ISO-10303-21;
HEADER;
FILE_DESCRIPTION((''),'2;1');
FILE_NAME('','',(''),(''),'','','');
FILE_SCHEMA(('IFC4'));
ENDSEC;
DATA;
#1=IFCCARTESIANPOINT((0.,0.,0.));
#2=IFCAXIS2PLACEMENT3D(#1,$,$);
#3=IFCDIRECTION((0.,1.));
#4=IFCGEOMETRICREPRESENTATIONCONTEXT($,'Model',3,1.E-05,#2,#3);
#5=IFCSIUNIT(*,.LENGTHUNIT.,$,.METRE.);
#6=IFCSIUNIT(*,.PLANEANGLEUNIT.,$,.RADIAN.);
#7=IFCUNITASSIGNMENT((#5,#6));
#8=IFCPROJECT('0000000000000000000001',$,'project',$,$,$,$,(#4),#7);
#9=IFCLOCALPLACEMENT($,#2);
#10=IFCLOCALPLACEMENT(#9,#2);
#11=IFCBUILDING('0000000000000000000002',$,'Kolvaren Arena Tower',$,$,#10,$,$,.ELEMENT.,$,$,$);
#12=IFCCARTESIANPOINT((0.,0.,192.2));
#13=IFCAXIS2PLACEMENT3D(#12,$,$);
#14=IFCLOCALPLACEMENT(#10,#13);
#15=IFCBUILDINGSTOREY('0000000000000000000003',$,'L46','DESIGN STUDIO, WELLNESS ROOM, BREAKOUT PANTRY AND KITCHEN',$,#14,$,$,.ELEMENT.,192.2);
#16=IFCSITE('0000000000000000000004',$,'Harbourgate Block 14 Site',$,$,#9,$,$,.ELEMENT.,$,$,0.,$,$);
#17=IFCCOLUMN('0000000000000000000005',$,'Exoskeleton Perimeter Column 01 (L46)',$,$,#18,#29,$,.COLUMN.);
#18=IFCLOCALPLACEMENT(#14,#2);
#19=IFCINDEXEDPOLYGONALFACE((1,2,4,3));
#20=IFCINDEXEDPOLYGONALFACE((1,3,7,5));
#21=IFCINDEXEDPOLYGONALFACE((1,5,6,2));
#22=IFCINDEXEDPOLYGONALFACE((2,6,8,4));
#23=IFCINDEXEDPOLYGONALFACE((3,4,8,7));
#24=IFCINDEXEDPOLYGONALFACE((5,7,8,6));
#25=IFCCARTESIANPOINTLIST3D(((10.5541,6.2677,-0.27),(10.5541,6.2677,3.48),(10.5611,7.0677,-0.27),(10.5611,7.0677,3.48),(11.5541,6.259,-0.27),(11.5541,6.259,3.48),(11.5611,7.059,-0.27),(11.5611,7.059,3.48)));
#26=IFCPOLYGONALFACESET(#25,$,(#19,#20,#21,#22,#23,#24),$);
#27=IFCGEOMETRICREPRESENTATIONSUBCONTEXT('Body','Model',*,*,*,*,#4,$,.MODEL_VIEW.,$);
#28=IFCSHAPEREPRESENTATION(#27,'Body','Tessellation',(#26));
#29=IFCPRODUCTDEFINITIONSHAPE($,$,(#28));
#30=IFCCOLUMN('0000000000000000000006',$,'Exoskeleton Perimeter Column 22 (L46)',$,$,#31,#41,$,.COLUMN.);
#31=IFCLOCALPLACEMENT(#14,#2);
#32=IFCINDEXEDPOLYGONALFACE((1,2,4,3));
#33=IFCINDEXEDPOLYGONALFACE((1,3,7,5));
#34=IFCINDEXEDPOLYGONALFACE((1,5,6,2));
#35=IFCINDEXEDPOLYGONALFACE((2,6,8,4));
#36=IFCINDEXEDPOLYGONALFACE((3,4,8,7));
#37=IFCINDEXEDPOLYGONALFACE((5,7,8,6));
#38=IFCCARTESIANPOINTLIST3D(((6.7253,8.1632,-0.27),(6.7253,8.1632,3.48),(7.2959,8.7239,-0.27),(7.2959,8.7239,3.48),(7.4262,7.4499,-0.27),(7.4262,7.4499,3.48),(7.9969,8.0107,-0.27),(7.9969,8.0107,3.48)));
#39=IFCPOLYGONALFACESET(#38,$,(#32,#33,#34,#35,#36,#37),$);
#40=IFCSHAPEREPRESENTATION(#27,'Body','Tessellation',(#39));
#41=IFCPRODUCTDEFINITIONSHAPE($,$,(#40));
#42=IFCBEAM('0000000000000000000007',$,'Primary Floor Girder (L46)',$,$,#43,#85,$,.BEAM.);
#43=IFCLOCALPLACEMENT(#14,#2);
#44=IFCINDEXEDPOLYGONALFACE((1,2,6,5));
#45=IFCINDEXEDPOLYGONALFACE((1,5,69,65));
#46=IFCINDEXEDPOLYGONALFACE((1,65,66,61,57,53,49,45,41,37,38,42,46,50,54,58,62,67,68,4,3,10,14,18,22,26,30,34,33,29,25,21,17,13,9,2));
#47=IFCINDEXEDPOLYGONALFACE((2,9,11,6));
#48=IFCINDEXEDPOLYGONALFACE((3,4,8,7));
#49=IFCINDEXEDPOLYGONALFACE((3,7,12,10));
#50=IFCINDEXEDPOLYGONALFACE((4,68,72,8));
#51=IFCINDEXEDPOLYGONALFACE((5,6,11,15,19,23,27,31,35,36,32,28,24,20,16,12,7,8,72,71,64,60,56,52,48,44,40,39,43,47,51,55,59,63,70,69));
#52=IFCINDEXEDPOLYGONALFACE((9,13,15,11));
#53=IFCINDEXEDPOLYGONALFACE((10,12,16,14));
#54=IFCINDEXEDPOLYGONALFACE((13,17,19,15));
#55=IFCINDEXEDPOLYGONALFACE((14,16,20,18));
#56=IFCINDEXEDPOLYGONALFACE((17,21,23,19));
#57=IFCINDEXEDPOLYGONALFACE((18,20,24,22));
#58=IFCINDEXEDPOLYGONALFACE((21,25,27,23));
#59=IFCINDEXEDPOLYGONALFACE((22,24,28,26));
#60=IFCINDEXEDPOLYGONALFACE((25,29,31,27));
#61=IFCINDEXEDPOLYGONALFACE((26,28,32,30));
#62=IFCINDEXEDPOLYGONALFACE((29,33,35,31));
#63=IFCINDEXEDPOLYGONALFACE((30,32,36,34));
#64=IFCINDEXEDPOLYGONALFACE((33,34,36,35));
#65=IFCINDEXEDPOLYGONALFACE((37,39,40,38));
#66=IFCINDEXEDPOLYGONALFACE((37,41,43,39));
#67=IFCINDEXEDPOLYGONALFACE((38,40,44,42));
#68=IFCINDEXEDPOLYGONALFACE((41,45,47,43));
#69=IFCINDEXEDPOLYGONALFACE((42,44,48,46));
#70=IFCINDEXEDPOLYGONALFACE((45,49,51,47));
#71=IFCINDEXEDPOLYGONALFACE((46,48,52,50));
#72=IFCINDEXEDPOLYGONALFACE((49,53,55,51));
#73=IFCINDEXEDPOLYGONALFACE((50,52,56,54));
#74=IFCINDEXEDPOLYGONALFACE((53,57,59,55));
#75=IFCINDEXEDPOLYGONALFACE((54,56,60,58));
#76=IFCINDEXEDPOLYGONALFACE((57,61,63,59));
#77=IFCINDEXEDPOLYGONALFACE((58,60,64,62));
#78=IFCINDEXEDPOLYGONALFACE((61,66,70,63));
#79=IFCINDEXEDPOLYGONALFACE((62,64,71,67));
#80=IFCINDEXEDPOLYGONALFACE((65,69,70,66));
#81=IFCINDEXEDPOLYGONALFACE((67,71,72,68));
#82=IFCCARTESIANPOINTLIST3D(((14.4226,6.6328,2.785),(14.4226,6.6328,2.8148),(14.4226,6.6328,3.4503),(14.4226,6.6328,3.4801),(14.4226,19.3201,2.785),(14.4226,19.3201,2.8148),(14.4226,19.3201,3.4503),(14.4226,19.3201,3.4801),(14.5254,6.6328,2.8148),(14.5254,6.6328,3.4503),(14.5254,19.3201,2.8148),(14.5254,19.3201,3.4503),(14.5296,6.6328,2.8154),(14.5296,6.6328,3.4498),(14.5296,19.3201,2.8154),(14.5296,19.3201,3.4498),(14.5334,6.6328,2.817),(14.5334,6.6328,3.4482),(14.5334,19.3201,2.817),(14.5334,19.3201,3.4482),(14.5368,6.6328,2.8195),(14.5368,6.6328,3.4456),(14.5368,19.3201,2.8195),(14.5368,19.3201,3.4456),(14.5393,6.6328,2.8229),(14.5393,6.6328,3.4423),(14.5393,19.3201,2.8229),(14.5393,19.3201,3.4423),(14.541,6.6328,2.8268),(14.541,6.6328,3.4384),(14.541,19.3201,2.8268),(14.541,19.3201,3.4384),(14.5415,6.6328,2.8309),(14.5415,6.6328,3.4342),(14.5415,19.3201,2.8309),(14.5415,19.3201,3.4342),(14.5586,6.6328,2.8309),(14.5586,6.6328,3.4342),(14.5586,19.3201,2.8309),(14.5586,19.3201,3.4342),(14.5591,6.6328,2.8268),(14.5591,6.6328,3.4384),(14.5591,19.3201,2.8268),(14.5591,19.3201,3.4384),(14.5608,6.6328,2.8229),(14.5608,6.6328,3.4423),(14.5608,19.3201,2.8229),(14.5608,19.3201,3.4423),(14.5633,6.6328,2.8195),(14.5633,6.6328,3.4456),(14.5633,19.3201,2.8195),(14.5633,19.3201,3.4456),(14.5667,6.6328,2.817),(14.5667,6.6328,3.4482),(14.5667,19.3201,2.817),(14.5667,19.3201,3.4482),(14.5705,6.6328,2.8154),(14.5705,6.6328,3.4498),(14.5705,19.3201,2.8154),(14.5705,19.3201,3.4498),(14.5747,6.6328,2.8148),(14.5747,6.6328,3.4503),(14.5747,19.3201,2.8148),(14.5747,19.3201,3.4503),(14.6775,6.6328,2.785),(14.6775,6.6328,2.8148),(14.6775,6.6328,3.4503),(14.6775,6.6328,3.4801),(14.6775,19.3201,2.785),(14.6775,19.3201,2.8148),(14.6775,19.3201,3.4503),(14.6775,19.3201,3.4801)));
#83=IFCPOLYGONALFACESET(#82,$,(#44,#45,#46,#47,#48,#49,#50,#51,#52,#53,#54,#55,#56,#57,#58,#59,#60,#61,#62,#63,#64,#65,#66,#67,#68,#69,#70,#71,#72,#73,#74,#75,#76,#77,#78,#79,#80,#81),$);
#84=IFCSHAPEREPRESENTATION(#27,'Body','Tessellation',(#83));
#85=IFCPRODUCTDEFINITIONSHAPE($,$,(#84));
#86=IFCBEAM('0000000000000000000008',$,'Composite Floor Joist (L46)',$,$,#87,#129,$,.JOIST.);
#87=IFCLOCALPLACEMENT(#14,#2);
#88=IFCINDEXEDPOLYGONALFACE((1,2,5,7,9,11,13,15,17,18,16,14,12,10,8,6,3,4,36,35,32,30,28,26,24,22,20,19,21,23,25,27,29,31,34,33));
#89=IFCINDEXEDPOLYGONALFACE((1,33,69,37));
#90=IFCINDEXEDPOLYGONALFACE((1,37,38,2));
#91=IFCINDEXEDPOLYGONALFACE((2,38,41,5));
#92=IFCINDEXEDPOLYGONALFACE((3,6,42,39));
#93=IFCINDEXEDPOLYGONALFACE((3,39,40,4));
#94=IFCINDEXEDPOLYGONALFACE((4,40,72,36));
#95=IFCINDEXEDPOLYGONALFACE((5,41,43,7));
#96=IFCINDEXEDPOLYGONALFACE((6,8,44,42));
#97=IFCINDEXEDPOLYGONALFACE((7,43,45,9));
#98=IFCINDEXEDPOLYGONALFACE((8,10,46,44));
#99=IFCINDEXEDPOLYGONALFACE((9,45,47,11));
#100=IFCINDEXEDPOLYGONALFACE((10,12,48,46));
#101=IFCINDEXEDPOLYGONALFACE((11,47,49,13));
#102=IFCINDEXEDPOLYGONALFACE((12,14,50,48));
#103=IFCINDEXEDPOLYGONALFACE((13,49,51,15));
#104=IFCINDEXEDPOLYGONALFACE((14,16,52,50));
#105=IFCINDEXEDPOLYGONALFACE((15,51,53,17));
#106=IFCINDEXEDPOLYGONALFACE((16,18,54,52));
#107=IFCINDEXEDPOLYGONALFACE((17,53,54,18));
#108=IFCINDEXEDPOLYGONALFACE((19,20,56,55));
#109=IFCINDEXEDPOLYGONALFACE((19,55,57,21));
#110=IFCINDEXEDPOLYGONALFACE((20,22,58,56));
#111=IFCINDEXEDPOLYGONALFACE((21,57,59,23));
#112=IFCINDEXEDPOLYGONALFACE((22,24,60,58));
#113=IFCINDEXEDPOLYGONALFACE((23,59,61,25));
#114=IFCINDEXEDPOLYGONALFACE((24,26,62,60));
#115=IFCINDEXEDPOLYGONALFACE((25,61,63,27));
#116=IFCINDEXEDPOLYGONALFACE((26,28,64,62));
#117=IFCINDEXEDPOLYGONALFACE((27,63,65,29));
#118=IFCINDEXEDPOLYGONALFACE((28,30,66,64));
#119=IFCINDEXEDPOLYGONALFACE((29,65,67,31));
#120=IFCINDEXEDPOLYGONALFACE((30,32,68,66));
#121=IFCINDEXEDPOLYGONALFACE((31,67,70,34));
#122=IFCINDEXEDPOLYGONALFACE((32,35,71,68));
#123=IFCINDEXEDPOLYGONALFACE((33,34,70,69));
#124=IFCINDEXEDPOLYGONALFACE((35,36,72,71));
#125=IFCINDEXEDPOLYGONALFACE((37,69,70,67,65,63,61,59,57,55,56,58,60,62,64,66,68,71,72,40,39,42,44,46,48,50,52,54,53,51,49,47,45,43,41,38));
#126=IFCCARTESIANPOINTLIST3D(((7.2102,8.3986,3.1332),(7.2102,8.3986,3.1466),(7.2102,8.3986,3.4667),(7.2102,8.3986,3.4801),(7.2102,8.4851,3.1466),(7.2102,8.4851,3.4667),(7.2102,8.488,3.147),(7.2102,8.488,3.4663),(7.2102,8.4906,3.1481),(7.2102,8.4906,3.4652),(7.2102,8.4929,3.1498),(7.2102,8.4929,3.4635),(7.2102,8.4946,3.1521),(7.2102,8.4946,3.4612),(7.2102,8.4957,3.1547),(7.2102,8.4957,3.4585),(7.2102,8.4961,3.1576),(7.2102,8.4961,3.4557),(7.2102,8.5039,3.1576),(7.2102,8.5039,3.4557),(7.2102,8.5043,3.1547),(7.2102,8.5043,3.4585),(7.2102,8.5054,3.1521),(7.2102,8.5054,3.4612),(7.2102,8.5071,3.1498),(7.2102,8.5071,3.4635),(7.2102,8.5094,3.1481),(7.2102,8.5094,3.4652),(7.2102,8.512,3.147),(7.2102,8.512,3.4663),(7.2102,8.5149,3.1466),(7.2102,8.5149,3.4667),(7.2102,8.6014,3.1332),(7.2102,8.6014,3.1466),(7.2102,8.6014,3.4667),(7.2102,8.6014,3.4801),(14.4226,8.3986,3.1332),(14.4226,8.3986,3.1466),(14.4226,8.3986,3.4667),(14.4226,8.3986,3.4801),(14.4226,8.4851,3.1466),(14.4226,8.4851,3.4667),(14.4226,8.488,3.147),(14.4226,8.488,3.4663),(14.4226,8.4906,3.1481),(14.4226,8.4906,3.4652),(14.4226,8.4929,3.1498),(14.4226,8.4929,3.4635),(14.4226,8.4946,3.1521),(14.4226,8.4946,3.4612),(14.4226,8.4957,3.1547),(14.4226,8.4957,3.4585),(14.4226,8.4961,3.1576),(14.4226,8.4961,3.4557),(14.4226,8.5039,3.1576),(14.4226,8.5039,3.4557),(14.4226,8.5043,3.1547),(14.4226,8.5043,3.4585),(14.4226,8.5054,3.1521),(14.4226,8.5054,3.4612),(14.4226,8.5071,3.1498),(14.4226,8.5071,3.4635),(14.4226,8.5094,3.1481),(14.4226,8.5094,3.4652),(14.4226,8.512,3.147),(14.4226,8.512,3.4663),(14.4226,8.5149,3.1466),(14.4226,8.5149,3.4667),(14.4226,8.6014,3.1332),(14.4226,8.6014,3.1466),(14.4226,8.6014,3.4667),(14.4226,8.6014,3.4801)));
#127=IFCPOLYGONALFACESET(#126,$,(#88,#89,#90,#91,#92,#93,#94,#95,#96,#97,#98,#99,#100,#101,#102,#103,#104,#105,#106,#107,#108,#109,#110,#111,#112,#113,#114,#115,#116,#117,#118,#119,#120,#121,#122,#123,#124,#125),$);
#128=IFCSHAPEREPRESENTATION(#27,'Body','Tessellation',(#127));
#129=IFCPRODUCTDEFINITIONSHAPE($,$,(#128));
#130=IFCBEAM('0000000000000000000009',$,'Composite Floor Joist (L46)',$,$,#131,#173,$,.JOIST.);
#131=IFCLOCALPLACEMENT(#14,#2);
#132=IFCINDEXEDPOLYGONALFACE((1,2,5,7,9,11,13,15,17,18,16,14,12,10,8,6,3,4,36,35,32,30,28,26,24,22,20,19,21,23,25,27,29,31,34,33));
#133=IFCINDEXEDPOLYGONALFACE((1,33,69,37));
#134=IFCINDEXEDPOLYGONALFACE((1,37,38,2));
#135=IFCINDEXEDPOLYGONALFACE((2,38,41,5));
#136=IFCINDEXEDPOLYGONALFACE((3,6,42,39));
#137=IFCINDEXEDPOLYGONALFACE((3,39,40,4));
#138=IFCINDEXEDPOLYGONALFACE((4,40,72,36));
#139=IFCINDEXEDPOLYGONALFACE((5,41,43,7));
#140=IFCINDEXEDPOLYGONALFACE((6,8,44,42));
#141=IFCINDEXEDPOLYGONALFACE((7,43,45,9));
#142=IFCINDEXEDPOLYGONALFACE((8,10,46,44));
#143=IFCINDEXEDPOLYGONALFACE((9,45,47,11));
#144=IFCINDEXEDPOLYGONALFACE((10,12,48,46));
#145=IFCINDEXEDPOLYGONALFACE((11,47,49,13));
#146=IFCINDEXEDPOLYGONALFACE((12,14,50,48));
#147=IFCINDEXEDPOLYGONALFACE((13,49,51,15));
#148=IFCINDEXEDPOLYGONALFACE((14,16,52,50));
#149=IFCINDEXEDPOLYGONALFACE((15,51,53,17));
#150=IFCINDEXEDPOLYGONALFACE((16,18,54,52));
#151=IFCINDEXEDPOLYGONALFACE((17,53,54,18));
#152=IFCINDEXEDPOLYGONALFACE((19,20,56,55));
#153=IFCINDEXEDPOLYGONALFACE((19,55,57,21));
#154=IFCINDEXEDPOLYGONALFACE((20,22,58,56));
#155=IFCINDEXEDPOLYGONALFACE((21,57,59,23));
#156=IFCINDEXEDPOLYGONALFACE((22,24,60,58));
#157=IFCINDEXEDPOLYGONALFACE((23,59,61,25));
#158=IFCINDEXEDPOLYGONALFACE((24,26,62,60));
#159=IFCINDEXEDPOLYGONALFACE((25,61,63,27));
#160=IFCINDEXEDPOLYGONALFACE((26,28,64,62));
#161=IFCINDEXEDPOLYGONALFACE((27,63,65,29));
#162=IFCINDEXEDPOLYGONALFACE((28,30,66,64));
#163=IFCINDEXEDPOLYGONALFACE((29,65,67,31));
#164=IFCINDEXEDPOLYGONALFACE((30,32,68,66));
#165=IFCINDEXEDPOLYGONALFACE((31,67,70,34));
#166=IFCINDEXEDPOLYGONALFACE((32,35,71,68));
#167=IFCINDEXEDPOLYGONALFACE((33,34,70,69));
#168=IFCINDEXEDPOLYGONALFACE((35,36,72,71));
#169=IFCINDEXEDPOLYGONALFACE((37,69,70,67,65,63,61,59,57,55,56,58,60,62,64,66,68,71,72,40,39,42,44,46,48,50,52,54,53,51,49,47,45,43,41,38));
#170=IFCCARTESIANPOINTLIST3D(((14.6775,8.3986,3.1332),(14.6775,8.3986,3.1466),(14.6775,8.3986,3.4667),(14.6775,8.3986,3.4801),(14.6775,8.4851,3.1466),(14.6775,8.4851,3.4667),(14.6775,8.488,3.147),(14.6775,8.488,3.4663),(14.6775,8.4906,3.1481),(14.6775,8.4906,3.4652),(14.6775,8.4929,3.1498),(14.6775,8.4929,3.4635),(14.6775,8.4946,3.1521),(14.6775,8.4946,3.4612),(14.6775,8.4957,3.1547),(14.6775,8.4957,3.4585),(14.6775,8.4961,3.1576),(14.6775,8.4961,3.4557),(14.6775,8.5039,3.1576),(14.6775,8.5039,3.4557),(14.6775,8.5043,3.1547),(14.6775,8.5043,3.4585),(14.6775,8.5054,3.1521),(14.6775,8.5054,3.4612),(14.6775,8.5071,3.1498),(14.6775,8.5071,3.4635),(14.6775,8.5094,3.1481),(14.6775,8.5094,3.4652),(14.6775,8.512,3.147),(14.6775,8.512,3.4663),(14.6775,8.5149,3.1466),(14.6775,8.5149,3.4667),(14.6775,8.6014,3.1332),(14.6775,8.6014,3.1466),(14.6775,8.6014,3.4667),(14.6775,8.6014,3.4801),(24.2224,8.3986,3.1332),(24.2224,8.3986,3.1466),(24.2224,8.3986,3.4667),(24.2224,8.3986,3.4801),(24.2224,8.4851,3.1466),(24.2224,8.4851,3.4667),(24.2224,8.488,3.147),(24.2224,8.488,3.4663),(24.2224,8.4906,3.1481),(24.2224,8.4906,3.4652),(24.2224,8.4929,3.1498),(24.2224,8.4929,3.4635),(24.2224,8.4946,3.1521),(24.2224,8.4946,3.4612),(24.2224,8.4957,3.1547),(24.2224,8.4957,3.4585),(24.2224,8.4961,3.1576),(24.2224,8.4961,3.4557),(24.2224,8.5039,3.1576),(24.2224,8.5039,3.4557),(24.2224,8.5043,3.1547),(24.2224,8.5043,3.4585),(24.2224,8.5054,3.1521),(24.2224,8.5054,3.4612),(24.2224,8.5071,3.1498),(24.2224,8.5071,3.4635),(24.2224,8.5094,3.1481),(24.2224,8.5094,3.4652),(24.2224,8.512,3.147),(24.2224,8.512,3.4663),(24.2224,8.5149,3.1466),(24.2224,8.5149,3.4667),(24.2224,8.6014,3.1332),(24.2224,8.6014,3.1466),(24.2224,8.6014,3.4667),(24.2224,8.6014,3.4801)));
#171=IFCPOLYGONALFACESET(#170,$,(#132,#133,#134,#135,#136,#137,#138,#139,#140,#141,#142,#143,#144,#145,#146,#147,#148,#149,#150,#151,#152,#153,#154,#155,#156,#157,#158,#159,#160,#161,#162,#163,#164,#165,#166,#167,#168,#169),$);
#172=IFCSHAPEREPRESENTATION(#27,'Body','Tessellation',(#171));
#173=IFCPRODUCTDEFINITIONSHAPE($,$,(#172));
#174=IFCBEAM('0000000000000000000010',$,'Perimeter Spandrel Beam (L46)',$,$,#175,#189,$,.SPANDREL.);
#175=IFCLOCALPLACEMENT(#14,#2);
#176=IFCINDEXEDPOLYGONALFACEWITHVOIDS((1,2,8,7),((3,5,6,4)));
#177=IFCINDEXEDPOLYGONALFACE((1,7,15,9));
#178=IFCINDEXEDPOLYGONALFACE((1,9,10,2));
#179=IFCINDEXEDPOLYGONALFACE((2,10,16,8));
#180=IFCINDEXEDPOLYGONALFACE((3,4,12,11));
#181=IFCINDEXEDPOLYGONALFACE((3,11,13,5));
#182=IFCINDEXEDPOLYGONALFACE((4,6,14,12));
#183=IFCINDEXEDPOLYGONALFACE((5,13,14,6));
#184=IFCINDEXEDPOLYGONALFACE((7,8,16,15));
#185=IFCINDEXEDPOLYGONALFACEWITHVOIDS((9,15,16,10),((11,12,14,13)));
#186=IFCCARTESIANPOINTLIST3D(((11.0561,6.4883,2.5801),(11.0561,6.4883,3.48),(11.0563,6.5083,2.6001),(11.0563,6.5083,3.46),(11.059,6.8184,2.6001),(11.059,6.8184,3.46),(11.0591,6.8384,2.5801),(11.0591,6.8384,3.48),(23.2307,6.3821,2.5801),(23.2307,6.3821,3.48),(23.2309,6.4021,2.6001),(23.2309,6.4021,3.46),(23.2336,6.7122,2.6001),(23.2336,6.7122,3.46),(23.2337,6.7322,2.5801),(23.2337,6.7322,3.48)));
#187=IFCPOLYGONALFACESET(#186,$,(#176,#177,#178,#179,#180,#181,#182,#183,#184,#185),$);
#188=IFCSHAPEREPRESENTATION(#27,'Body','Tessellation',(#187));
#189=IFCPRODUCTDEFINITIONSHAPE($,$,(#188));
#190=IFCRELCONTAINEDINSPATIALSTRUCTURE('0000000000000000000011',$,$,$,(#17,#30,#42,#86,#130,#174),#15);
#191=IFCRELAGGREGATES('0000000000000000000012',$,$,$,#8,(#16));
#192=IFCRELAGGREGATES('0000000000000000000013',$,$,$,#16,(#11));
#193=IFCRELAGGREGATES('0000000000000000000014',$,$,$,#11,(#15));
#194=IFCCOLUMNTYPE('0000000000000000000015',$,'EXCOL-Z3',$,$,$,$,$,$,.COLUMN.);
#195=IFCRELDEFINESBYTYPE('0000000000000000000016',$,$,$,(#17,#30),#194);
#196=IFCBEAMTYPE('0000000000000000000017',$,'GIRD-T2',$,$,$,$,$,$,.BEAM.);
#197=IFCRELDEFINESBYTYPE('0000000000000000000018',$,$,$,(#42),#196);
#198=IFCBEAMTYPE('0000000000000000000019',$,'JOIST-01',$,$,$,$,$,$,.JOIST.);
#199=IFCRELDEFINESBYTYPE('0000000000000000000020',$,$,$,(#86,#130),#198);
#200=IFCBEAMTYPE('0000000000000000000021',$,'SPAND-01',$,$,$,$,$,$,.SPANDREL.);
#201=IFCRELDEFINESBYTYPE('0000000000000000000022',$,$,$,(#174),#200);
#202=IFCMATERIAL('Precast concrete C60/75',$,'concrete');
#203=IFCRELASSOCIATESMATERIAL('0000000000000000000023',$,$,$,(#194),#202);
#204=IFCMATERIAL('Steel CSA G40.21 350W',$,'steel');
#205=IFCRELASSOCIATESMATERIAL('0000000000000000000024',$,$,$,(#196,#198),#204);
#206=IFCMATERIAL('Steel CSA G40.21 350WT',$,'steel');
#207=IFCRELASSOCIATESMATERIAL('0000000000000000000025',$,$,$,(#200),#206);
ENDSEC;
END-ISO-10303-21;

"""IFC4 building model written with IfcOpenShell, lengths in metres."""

from ifc_helpers import new_model, si_unit, direction, frame, origin, origin_2d, place, context, subcontext, project, spatial, rectangle, hollow_rectangle, i_section, extrude, material, material_profile, profile_set, type_object, element, save


model = new_model("IFC4")

# Units and contexts
model_context = context("Model", 3, precision=1e-05, world=origin(), true_north=direction((0.0, 1.0)))
body_context = subcontext(model_context, "Body", "Model", "MODEL_VIEW")
ifc_project = project(units=[si_unit("LENGTHUNIT", "METRE"), si_unit("PLANEANGLEUNIT", "RADIAN")], contexts=[model_context])

# Site, building, storey
site_placement = place(None, origin())
site = spatial("IfcSite", under=ifc_project, at=site_placement, Name="Harbourgate Block 14 Site", CompositionType="ELEMENT", RefElevation=0.0)
building_placement = place(site_placement, origin())
building = spatial("IfcBuilding", under=site, at=building_placement, Name="Kolvaren Arena Tower", CompositionType="ELEMENT")
storey_placement = place(building_placement, frame((0.0, 0.0, 192.2)))
storey = spatial("IfcBuildingStorey", under=building, at=storey_placement, Name="L46", Description="DESIGN STUDIO, WELLNESS ROOM, BREAKOUT PANTRY AND KITCHEN", CompositionType="ELEMENT", Elevation=192.2)

# Columns
ifc_material_1 = material(Name="Precast concrete C60/75", Category="concrete")
ifc_material_profile_1 = material_profile(ifc_material_1, rectangle(XDim=1.0, YDim=0.8, at=origin_2d()), Name="RC-1000x800")
ifc_profile_set_1 = profile_set([ifc_material_profile_1], Name="Precast concrete C60/75")
column_type = type_object("IfcColumnType", Name="EXCOL-Z3", PredefinedType="COLUMN", material=ifc_profile_set_1)
for number, where, z_axis, x_axis, name in (
    (1, (11.0576, 6.6633, -0.27), (0.0, 0.0, 1.0), (0.999962, -0.008727, 0.0), "Exoskeleton Perimeter Column 01 (L46)"),
    (2, (7.3611, 8.0869, -0.27), (0.0, 0.0, 1.0), (-0.700909, 0.71325, 0.0), "Exoskeleton Perimeter Column 22 (L46)"),
):
    element("IfcColumn", number, at=place(storey_placement, frame(where, z_axis=z_axis, x_axis=x_axis)), inside=storey, type_object=column_type, Name=name, PredefinedType="COLUMN", context=body_context, shape_type="SweptSolid", body=[
        extrude(rectangle(XDim=1.0, YDim=0.8, at=origin_2d()), origin(), (0.0, 0.0, 1.0), 3.75),
    ])

# Beams
ifc_material_2 = material(Name="Steel CSA G40.21 350W", Category="steel")
ifc_material_profile_2 = material_profile(ifc_material_2, i_section(OverallWidth=0.2549, OverallDepth=0.6951, WebThickness=0.0171, FlangeThickness=0.0298, FilletRadius=0.0161, at=origin_2d()), Name="W690x217")
ifc_profile_set_2 = profile_set([ifc_material_profile_2], Name="Steel CSA G40.21 350W")
beam_type_1 = type_object("IfcBeamType", Name="GIRD-T2", PredefinedType="BEAM", material=ifc_profile_set_2)
beam_1_placement = place(storey_placement, frame((14.55, 6.6328, 3.1326), z_axis=(0.0, 1.0, 0.0), x_axis=(-1.0, 0.0, 0.0)))
element("IfcBeam", 3, at=beam_1_placement, inside=storey, type_object=beam_type_1, Name="Primary Floor Girder (L46)", PredefinedType="BEAM", context=body_context, shape_type="SweptSolid", body=[
    extrude(i_section(OverallWidth=0.2549, OverallDepth=0.6951, WebThickness=0.0171, FlangeThickness=0.0298, FilletRadius=0.0161, at=origin_2d()), origin(), (0.0, 0.0, 1.0), 12.6873),
])
ifc_material_profile_3 = material_profile(ifc_material_2, i_section(OverallWidth=0.2029, OverallDepth=0.3469, WebThickness=0.0078, FlangeThickness=0.0134, FilletRadius=0.011, at=origin_2d()), Name="W360x64")
ifc_profile_set_3 = profile_set([ifc_material_profile_3], Name="Steel CSA G40.21 350W")
beam_type_2 = type_object("IfcBeamType", Name="JOIST-01", PredefinedType="JOIST", material=ifc_profile_set_3)
beam_2_placement = place(storey_placement, frame((7.2102, 8.5, 3.3066), z_axis=(1.0, 0.0, 0.0), x_axis=(0.0, 1.0, 0.0)))
element("IfcBeam", 4, at=beam_2_placement, inside=storey, type_object=beam_type_2, Name="Composite Floor Joist (L46)", PredefinedType="JOIST", context=body_context, shape_type="SweptSolid", body=[
    extrude(i_section(OverallWidth=0.2029, OverallDepth=0.3469, WebThickness=0.0078, FlangeThickness=0.0134, FilletRadius=0.011, at=origin_2d()), origin(), (0.0, 0.0, 1.0), 7.2124),
])
beam_3_placement = place(storey_placement, frame((14.6775, 8.5, 3.3066), z_axis=(1.0, 0.0, 0.0), x_axis=(0.0, 1.0, 0.0)))
element("IfcBeam", 5, at=beam_3_placement, inside=storey, type_object=beam_type_2, Name="Composite Floor Joist (L46)", PredefinedType="JOIST", context=body_context, shape_type="SweptSolid", body=[
    extrude(i_section(OverallWidth=0.2029, OverallDepth=0.3469, WebThickness=0.0078, FlangeThickness=0.0134, FilletRadius=0.011, at=origin_2d()), origin(), (0.0, 0.0, 1.0), 9.5449),
])
ifc_material_3 = material(Name="Steel CSA G40.21 350WT", Category="steel")
ifc_material_profile_4 = material_profile(ifc_material_3, hollow_rectangle(XDim=0.3501, YDim=0.8999, WallThickness=0.02, at=origin_2d()), Name="HSS 900x350x20")
ifc_profile_set_4 = profile_set([ifc_material_profile_4], Name="Steel CSA G40.21 350WT")
beam_type_3 = type_object("IfcBeamType", Name="SPAND-01", PredefinedType="SPANDREL", material=ifc_profile_set_4)
beam_4_placement = place(storey_placement, frame((11.0576, 6.6633, 3.03), z_axis=(0.999962, -0.008723, 0.0), x_axis=(0.008723, 0.999962, 0.0)))
element("IfcBeam", 6, at=beam_4_placement, inside=storey, type_object=beam_type_3, Name="Perimeter Spandrel Beam (L46)", PredefinedType="SPANDREL", context=body_context, shape_type="SweptSolid", body=[
    extrude(hollow_rectangle(XDim=0.3501, YDim=0.8999, WallThickness=0.02, at=origin_2d()), origin(), (0.0, 0.0, 1.0), 12.175),
])

save(model, "model.ifc")
